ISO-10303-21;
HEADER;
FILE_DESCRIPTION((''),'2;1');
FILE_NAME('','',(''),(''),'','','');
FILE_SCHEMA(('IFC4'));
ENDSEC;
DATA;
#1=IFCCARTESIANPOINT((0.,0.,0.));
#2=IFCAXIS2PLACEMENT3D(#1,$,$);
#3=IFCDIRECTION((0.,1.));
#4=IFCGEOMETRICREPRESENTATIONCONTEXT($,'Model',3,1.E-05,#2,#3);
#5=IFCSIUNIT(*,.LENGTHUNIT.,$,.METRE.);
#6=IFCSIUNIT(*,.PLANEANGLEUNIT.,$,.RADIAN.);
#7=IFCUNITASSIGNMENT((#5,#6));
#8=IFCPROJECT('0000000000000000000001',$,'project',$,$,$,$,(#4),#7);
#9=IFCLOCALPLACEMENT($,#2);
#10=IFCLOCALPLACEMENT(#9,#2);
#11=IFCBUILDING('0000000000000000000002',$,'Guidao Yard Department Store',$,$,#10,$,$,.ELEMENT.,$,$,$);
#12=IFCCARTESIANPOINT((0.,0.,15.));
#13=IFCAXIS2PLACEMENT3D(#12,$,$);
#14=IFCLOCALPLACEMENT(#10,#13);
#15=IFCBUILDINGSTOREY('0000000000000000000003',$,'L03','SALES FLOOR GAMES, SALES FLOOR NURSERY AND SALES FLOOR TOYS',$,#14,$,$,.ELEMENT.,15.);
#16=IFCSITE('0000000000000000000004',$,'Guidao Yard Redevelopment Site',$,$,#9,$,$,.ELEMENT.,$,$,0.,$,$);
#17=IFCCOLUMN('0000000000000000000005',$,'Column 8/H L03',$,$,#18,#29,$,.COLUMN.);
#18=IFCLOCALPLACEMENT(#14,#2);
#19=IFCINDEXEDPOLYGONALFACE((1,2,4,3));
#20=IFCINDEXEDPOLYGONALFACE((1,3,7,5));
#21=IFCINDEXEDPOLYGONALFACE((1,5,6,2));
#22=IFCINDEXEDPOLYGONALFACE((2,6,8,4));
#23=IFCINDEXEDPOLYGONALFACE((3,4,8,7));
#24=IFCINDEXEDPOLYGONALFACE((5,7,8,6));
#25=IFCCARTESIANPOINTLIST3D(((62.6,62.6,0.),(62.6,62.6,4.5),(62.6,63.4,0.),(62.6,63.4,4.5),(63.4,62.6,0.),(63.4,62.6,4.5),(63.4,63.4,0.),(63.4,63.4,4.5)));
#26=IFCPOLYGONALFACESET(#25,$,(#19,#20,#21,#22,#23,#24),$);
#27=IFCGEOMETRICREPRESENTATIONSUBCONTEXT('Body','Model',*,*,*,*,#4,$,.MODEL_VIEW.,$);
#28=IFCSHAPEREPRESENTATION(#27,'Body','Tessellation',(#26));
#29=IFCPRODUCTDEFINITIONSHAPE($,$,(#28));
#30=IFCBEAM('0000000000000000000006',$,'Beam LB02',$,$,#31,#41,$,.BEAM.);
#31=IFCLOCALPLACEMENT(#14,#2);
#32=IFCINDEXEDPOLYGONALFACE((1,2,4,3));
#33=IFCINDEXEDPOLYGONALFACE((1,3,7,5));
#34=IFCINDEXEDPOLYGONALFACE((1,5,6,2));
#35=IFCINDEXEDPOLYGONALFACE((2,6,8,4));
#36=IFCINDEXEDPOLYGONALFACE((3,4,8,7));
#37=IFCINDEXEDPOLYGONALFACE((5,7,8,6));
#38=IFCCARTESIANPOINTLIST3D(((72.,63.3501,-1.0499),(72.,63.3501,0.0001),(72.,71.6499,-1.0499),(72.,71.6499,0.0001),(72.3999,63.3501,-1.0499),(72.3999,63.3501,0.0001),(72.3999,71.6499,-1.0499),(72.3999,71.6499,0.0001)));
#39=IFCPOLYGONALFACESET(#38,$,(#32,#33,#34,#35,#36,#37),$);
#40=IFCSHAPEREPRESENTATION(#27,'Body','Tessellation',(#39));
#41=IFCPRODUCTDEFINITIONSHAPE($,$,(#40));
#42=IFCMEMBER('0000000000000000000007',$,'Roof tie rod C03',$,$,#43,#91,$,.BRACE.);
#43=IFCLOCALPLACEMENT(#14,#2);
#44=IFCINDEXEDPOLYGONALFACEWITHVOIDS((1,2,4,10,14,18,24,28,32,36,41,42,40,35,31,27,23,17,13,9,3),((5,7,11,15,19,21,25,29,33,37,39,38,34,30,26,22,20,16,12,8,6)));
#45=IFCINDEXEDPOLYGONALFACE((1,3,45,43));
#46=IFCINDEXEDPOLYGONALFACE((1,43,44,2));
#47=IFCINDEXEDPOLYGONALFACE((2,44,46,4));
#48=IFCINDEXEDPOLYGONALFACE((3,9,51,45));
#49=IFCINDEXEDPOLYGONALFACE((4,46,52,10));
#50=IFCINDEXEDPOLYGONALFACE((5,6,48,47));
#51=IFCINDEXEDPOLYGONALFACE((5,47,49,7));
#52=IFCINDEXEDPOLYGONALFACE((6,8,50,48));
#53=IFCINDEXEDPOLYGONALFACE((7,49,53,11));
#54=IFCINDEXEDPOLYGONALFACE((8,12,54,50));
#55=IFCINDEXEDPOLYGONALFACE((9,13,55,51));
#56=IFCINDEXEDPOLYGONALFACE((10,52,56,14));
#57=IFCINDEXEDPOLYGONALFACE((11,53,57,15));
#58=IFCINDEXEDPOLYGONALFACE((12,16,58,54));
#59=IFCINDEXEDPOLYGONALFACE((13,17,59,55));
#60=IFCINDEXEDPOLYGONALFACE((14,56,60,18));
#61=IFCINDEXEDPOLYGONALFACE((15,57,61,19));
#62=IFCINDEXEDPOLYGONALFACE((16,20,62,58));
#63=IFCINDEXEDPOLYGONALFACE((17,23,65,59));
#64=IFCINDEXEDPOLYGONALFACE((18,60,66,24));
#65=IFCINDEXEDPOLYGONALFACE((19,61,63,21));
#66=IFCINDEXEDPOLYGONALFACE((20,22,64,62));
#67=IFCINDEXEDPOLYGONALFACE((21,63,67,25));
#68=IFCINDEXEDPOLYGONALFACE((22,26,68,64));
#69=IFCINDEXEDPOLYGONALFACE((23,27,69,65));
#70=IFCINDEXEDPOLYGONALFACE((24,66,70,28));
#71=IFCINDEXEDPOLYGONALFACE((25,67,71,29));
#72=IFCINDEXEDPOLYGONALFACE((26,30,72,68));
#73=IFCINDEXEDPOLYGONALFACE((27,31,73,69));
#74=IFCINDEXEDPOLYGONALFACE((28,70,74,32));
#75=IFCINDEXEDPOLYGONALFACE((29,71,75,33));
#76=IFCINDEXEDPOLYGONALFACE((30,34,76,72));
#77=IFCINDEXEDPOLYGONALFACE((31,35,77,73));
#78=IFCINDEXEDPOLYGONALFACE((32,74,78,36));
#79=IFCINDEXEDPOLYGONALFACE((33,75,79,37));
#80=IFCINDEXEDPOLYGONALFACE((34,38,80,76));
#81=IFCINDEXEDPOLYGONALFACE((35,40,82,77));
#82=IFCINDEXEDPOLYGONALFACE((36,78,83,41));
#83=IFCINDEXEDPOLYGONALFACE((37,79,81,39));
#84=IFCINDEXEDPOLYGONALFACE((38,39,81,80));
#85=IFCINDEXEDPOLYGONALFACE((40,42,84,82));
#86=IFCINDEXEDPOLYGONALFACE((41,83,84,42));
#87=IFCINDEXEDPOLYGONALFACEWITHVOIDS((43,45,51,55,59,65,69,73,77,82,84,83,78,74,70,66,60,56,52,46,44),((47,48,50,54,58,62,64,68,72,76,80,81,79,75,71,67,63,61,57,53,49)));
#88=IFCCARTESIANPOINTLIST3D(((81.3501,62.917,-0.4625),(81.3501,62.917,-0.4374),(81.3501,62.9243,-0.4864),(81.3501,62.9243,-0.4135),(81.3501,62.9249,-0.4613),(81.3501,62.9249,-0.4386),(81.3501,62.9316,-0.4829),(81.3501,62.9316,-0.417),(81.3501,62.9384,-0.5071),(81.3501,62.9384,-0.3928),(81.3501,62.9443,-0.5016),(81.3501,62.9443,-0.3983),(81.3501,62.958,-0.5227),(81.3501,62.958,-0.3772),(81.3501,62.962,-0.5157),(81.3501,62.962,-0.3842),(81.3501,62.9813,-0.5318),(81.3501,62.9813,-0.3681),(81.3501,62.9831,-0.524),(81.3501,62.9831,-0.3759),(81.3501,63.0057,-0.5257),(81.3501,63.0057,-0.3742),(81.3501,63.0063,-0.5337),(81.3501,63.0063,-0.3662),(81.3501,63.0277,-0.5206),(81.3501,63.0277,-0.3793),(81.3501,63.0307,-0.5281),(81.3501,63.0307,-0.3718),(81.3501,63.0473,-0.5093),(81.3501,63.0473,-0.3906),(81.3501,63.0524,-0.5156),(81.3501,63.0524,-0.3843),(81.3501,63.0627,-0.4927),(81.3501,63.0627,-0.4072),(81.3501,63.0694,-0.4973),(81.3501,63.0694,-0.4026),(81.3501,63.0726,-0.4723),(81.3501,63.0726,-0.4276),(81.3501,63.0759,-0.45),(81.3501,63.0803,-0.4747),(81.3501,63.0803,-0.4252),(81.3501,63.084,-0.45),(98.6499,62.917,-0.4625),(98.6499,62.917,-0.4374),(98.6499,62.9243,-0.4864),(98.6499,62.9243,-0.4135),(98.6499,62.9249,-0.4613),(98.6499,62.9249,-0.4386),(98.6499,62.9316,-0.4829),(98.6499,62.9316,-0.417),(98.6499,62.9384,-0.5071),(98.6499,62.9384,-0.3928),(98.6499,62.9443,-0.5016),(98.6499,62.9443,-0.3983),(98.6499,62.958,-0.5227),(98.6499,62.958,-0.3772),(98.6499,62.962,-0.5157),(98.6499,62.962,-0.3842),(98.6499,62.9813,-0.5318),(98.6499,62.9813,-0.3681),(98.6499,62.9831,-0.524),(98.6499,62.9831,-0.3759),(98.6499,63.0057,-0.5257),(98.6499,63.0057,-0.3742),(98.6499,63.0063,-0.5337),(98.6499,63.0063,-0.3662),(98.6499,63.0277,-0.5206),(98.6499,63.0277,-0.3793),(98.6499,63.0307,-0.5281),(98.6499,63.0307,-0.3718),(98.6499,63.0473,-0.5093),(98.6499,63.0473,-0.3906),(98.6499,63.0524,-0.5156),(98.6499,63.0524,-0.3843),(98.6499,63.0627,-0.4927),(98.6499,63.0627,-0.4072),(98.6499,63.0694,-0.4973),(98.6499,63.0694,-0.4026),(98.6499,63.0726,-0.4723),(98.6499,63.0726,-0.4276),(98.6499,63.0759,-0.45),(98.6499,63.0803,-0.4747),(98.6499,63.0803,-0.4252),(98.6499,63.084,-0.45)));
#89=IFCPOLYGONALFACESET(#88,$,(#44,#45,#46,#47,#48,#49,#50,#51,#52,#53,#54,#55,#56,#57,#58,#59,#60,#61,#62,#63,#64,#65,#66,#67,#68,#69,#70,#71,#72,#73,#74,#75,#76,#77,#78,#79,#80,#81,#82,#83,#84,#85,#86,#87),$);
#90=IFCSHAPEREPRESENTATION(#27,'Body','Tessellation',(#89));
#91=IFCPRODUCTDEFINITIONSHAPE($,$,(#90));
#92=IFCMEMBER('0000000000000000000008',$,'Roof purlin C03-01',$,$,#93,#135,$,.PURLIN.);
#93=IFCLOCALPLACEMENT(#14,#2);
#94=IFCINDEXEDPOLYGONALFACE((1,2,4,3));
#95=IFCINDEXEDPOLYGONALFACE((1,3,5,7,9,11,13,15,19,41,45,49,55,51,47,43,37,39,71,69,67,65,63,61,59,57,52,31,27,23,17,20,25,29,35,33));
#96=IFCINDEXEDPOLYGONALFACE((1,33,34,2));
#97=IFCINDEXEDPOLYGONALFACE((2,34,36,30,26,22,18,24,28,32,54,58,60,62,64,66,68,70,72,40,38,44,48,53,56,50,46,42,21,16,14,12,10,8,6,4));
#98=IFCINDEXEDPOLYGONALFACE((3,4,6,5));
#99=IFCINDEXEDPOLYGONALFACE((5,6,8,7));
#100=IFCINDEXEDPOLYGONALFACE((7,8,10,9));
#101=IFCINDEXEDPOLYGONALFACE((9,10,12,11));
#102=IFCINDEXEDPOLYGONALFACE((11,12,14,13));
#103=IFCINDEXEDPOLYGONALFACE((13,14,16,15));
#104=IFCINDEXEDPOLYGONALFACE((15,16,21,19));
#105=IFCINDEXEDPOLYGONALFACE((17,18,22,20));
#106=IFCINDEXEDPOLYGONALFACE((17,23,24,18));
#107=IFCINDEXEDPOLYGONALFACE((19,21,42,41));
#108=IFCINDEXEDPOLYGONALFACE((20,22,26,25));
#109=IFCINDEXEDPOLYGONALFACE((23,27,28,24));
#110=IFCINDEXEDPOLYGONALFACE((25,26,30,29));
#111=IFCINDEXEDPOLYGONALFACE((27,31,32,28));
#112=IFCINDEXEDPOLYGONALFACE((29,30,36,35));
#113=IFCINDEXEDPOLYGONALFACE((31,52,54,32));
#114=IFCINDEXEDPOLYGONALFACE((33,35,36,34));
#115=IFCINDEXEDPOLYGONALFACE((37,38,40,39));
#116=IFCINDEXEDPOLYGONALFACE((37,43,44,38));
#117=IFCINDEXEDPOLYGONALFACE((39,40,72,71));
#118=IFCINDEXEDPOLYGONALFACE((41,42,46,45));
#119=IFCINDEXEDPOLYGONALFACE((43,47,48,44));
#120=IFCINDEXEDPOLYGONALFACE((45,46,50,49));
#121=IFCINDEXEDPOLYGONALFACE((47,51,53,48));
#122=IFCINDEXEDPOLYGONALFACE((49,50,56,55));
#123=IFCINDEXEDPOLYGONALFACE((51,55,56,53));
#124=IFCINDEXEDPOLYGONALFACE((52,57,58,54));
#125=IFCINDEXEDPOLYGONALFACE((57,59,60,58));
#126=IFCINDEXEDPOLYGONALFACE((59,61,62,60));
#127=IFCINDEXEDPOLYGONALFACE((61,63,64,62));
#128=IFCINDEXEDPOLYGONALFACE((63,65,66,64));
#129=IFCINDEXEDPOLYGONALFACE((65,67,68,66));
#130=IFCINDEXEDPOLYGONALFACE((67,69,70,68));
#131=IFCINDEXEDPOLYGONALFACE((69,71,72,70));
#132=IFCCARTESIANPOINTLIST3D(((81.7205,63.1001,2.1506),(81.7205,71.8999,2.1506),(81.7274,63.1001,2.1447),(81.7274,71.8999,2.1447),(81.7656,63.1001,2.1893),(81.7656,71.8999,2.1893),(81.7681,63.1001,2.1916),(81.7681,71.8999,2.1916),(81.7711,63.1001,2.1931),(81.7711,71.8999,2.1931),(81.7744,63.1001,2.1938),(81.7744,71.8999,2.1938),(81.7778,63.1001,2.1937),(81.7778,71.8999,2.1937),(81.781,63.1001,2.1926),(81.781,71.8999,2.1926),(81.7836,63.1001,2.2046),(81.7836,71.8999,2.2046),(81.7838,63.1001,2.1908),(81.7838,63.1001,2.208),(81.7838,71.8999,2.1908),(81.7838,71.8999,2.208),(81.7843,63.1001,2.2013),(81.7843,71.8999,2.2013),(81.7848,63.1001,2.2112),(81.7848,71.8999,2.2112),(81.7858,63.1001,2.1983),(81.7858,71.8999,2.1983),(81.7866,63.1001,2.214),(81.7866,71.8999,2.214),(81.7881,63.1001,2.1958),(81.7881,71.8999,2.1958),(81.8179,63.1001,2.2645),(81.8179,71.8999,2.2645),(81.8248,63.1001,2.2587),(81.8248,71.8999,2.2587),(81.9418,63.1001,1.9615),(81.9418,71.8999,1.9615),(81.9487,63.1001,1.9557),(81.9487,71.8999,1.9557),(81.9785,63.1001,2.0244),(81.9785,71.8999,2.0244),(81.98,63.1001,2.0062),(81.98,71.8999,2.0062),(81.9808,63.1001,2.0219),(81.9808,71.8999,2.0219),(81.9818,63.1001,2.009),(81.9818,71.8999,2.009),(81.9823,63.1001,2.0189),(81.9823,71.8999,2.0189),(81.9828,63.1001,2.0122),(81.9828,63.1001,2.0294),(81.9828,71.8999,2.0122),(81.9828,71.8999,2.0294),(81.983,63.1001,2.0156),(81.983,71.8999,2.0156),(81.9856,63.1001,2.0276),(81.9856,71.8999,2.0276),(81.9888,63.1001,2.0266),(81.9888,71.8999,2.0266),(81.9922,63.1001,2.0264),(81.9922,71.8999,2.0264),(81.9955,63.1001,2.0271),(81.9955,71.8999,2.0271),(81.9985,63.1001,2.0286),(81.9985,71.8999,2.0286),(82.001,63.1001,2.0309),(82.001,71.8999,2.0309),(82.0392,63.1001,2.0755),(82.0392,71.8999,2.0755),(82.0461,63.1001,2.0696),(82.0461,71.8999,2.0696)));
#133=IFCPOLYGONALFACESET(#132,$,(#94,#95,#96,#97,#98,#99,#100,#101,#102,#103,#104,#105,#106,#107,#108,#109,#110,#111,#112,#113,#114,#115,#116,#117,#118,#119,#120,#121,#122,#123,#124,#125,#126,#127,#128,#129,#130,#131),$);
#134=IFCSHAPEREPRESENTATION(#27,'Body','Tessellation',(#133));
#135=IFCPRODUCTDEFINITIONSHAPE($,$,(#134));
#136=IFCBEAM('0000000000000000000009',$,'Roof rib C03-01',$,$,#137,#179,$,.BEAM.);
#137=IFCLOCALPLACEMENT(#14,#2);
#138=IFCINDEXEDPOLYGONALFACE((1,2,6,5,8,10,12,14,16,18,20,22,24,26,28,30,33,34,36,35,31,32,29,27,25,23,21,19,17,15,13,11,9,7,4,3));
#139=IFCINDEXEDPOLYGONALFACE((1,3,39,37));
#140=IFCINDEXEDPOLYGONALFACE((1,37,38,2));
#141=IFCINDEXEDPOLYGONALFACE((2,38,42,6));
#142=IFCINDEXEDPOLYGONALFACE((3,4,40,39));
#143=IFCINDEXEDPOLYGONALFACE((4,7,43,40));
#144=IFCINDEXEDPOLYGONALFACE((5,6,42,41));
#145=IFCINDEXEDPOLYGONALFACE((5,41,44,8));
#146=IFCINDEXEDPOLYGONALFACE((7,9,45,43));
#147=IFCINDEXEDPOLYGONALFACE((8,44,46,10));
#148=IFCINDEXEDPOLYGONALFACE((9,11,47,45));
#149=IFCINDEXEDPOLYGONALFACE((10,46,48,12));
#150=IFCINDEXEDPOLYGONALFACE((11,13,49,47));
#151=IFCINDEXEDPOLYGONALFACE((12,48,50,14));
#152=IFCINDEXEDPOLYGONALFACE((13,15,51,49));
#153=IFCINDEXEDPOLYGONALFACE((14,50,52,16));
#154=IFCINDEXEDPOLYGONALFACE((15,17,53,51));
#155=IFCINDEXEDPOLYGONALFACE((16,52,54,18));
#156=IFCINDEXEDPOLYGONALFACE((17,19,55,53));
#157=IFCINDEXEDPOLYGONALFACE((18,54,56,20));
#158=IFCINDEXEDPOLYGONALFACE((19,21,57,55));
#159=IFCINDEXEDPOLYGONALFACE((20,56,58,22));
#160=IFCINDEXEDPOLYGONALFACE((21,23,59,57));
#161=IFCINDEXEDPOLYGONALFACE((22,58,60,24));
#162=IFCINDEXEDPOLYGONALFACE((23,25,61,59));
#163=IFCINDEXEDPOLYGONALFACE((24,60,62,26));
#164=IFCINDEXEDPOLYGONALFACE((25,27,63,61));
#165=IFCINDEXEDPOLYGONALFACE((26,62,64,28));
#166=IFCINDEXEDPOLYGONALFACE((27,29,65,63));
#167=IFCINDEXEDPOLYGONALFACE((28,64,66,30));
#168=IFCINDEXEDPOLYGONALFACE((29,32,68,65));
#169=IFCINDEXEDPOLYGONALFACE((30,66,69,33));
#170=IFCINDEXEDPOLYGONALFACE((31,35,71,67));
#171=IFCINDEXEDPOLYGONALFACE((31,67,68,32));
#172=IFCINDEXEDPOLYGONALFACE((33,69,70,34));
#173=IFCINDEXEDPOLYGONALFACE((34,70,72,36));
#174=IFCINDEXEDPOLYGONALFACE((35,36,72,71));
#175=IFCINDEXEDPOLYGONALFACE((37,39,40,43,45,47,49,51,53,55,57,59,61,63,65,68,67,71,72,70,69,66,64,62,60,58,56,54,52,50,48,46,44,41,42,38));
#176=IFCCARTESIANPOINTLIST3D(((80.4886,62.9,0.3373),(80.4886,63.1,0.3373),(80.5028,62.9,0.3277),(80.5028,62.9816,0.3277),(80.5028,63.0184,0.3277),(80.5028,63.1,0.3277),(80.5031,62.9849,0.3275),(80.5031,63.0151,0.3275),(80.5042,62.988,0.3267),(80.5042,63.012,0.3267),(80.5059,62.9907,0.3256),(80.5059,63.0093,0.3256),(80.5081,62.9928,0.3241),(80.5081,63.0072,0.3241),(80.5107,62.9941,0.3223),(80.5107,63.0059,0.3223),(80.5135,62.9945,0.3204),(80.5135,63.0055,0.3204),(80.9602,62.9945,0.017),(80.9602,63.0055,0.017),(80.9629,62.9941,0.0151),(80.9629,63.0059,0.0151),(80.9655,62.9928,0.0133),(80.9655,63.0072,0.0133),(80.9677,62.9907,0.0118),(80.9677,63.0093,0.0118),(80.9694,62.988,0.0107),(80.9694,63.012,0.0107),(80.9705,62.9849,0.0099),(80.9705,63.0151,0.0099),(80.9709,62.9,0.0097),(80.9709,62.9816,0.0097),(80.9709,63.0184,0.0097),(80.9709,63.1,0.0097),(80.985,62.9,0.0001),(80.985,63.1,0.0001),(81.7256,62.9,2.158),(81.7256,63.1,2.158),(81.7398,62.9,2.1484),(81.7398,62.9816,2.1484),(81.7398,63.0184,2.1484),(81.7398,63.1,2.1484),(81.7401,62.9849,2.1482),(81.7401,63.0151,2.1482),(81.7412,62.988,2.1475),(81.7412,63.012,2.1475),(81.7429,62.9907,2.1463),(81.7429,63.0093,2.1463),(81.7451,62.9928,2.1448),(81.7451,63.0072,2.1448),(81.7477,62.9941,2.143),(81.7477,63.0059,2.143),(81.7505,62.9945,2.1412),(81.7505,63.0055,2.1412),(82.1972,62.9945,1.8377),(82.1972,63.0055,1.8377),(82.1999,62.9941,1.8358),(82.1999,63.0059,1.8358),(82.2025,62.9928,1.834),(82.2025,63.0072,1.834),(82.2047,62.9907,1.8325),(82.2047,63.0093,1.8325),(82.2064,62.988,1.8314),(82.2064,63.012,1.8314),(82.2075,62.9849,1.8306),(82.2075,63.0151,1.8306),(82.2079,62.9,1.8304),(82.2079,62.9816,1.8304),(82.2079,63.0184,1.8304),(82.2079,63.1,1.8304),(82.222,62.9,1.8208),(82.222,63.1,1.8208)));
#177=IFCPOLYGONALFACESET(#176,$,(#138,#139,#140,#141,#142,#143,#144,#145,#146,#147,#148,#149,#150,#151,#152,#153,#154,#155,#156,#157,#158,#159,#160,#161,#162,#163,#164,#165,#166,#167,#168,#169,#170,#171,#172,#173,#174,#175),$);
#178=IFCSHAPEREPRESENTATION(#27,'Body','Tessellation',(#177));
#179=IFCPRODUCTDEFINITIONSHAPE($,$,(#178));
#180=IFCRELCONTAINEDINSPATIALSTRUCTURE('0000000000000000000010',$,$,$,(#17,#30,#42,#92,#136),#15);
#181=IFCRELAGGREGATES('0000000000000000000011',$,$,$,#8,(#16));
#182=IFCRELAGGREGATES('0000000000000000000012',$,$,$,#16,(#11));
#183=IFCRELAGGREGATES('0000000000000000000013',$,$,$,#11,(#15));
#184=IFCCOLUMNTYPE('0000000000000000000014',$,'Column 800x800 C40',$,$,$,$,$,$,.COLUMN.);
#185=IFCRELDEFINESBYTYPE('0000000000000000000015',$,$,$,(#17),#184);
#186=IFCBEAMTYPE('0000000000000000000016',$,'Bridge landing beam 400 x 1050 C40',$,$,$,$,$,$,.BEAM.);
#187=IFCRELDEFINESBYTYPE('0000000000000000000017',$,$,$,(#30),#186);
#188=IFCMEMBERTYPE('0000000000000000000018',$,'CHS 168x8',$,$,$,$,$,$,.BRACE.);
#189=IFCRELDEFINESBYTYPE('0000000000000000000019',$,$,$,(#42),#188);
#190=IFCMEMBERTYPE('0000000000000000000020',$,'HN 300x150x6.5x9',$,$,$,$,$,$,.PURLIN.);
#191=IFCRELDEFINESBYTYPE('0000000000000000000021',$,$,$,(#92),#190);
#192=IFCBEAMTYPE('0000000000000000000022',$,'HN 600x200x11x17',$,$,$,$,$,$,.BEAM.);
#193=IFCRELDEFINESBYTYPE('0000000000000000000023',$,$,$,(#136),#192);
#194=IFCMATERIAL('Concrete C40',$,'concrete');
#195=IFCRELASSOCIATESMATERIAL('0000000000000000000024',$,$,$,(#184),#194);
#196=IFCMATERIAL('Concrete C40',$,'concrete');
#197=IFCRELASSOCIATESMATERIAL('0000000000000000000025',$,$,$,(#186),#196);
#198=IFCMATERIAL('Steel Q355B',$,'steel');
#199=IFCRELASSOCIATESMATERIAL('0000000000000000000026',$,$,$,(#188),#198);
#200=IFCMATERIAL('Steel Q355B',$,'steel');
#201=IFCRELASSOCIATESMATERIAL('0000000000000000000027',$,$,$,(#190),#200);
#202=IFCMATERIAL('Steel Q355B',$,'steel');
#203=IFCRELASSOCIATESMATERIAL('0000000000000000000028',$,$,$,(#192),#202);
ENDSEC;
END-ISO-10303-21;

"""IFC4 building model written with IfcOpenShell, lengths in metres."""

from ifc_helpers import new_model, si_unit, direction, frame, origin, origin_2d, place, context, subcontext, project, spatial, rectangle, hollow_circle, i_section, extrude, material, material_profile, profile_set, type_object, element, save


model = new_model("IFC4")

# Units and contexts
model_context = context("Model", 3, precision=1e-05, world=origin(), true_north=direction((0.0, 1.0)))
body_context = subcontext(model_context, "Body", "Model", "MODEL_VIEW")
ifc_project = project(units=[si_unit("LENGTHUNIT", "METRE"), si_unit("PLANEANGLEUNIT", "RADIAN")], contexts=[model_context])

# Site, building, storey
site_placement = place(None, origin())
site = spatial("IfcSite", under=ifc_project, at=site_placement, Name="Guidao Yard Redevelopment Site", CompositionType="ELEMENT", RefElevation=0.0)
building_placement = place(site_placement, origin())
building = spatial("IfcBuilding", under=site, at=building_placement, Name="Guidao Yard Department Store", CompositionType="ELEMENT")
storey_placement = place(building_placement, frame((0.0, 0.0, 15.0)))
storey = spatial("IfcBuildingStorey", under=building, at=storey_placement, Name="L03", Description="SALES FLOOR GAMES, SALES FLOOR NURSERY AND SALES FLOOR TOYS", CompositionType="ELEMENT", Elevation=15.0)

# Column
ifc_material_1 = material(Name="Concrete C40", Category="concrete")
ifc_material_profile_1 = material_profile(ifc_material_1, rectangle(XDim=0.8, YDim=0.8, at=origin_2d()), Name="COL 800x800")
ifc_profile_set_1 = profile_set([ifc_material_profile_1], Name="Concrete C40")
column_type = type_object("IfcColumnType", Name="Column 800x800 C40", PredefinedType="COLUMN", material=ifc_profile_set_1)
column_placement = place(storey_placement, frame((63.0, 63.0, 0.0), z_axis=(0.0, 0.0, 1.0), x_axis=(1.0, 0.0, 0.0)))
element("IfcColumn", 1, at=column_placement, inside=storey, type_object=column_type, Name="Column 8/H L03", PredefinedType="COLUMN", context=body_context, shape_type="SweptSolid", body=[
    extrude(rectangle(XDim=0.8, YDim=0.8, at=origin_2d()), origin(), (0.0, 0.0, 1.0), 4.5),
])

# Beam
ifc_material_2 = material(Name="Concrete C40", Category="concrete")
ifc_material_profile_2 = material_profile(ifc_material_2, rectangle(XDim=0.3999, YDim=1.05, at=origin_2d()), Name="Bridge landing beam 400 x 1050 C40")
ifc_profile_set_2 = profile_set([ifc_material_profile_2], Name="Concrete C40")
beam_type_1 = type_object("IfcBeamType", Name="Bridge landing beam 400 x 1050 C40", PredefinedType="BEAM", material=ifc_profile_set_2)
beam_1_placement = place(storey_placement, frame((72.2, 63.3501, -0.5249), z_axis=(0.0, 1.0, 0.0), x_axis=(-1.0, 0.0, 0.0)))
element("IfcBeam", 2, at=beam_1_placement, inside=storey, type_object=beam_type_1, Name="Beam LB02", PredefinedType="BEAM", context=body_context, shape_type="SweptSolid", body=[
    extrude(rectangle(XDim=0.3999, YDim=1.05, at=origin_2d()), origin(), (0.0, 0.0, 1.0), 8.2998),
])

# Members
ifc_material_3 = material(Name="Steel Q355B", Category="steel")
ifc_material_profile_3 = material_profile(ifc_material_3, hollow_circle(Radius=0.084, WallThickness=0.0081, at=origin_2d()), Name="CHS 168x8")
ifc_profile_set_3 = profile_set([ifc_material_profile_3], Name="Steel Q355B")
member_type_1 = type_object("IfcMemberType", Name="CHS 168x8", PredefinedType="BRACE", material=ifc_profile_set_3)
member_1_placement = place(storey_placement, frame((81.3501, 63.0, -0.45), z_axis=(1.0, 0.0, 0.0), x_axis=(0.0, 1.0, 0.0)))
element("IfcMember", 3, at=member_1_placement, inside=storey, type_object=member_type_1, Name="Roof tie rod C03", PredefinedType="BRACE", context=body_context, shape_type="SweptSolid", body=[
    extrude(hollow_circle(Radius=0.084, WallThickness=0.0081, at=origin_2d()), origin(), (0.0, 0.0, 1.0), 17.2998),
])
ifc_material_4 = material(Name="Steel Q355B", Category="steel")
ifc_material_profile_4 = material_profile(ifc_material_4, i_section(OverallWidth=0.1499, OverallDepth=0.3, WebThickness=0.0066, FlangeThickness=0.009, FilletRadius=0.0129, at=origin_2d()), Name="HN 300x150x6.5x9")
ifc_profile_set_4 = profile_set([ifc_material_profile_4], Name="Steel Q355B")
member_type_2 = type_object("IfcMemberType", Name="HN 300x150x6.5x9", PredefinedType="PURLIN", material=ifc_profile_set_4)
member_2_placement = place(storey_placement, frame((81.8833, 63.1001, 2.1101), z_axis=(0.0, 1.0, 0.0), x_axis=(-0.649537, 0.0, -0.76033)))
element("IfcMember", 4, at=member_2_placement, inside=storey, type_object=member_type_2, Name="Roof purlin C03-01", PredefinedType="PURLIN", context=body_context, shape_type="SweptSolid", body=[
    extrude(i_section(OverallWidth=0.1499, OverallDepth=0.3, WebThickness=0.0066, FlangeThickness=0.009, FilletRadius=0.0129, at=origin_2d()), origin(), (0.0, 0.0, 1.0), 8.7998),
])

# Beam
ifc_material_5 = material(Name="Steel Q355B", Category="steel")
ifc_material_profile_5 = material_profile(ifc_material_5, i_section(OverallWidth=0.2, OverallDepth=0.6001, WebThickness=0.011, FlangeThickness=0.0171, FilletRadius=0.0129, at=origin_2d()), Name="HN 600x200x11x17")
ifc_profile_set_5 = profile_set([ifc_material_profile_5], Name="Steel Q355B")
beam_type_2 = type_object("IfcBeamType", Name="HN 600x200x11x17", PredefinedType="BEAM", material=ifc_profile_set_5)
beam_2_placement = place(storey_placement, frame((80.7368, 63.0, 0.1687), z_axis=(0.561973, 0.0, 0.827155), x_axis=(0.0, 1.0, 0.0)))
element("IfcBeam", 5, at=beam_2_placement, inside=storey, type_object=beam_type_2, Name="Roof rib C03-01", PredefinedType="BEAM", context=body_context, shape_type="SweptSolid", body=[
    extrude(i_section(OverallWidth=0.2, OverallDepth=0.6001, WebThickness=0.011, FlangeThickness=0.0171, FilletRadius=0.0129, at=origin_2d()), origin(), (0.0, 0.0, 1.0), 2.2012),
])

save(model, "model.ifc")
